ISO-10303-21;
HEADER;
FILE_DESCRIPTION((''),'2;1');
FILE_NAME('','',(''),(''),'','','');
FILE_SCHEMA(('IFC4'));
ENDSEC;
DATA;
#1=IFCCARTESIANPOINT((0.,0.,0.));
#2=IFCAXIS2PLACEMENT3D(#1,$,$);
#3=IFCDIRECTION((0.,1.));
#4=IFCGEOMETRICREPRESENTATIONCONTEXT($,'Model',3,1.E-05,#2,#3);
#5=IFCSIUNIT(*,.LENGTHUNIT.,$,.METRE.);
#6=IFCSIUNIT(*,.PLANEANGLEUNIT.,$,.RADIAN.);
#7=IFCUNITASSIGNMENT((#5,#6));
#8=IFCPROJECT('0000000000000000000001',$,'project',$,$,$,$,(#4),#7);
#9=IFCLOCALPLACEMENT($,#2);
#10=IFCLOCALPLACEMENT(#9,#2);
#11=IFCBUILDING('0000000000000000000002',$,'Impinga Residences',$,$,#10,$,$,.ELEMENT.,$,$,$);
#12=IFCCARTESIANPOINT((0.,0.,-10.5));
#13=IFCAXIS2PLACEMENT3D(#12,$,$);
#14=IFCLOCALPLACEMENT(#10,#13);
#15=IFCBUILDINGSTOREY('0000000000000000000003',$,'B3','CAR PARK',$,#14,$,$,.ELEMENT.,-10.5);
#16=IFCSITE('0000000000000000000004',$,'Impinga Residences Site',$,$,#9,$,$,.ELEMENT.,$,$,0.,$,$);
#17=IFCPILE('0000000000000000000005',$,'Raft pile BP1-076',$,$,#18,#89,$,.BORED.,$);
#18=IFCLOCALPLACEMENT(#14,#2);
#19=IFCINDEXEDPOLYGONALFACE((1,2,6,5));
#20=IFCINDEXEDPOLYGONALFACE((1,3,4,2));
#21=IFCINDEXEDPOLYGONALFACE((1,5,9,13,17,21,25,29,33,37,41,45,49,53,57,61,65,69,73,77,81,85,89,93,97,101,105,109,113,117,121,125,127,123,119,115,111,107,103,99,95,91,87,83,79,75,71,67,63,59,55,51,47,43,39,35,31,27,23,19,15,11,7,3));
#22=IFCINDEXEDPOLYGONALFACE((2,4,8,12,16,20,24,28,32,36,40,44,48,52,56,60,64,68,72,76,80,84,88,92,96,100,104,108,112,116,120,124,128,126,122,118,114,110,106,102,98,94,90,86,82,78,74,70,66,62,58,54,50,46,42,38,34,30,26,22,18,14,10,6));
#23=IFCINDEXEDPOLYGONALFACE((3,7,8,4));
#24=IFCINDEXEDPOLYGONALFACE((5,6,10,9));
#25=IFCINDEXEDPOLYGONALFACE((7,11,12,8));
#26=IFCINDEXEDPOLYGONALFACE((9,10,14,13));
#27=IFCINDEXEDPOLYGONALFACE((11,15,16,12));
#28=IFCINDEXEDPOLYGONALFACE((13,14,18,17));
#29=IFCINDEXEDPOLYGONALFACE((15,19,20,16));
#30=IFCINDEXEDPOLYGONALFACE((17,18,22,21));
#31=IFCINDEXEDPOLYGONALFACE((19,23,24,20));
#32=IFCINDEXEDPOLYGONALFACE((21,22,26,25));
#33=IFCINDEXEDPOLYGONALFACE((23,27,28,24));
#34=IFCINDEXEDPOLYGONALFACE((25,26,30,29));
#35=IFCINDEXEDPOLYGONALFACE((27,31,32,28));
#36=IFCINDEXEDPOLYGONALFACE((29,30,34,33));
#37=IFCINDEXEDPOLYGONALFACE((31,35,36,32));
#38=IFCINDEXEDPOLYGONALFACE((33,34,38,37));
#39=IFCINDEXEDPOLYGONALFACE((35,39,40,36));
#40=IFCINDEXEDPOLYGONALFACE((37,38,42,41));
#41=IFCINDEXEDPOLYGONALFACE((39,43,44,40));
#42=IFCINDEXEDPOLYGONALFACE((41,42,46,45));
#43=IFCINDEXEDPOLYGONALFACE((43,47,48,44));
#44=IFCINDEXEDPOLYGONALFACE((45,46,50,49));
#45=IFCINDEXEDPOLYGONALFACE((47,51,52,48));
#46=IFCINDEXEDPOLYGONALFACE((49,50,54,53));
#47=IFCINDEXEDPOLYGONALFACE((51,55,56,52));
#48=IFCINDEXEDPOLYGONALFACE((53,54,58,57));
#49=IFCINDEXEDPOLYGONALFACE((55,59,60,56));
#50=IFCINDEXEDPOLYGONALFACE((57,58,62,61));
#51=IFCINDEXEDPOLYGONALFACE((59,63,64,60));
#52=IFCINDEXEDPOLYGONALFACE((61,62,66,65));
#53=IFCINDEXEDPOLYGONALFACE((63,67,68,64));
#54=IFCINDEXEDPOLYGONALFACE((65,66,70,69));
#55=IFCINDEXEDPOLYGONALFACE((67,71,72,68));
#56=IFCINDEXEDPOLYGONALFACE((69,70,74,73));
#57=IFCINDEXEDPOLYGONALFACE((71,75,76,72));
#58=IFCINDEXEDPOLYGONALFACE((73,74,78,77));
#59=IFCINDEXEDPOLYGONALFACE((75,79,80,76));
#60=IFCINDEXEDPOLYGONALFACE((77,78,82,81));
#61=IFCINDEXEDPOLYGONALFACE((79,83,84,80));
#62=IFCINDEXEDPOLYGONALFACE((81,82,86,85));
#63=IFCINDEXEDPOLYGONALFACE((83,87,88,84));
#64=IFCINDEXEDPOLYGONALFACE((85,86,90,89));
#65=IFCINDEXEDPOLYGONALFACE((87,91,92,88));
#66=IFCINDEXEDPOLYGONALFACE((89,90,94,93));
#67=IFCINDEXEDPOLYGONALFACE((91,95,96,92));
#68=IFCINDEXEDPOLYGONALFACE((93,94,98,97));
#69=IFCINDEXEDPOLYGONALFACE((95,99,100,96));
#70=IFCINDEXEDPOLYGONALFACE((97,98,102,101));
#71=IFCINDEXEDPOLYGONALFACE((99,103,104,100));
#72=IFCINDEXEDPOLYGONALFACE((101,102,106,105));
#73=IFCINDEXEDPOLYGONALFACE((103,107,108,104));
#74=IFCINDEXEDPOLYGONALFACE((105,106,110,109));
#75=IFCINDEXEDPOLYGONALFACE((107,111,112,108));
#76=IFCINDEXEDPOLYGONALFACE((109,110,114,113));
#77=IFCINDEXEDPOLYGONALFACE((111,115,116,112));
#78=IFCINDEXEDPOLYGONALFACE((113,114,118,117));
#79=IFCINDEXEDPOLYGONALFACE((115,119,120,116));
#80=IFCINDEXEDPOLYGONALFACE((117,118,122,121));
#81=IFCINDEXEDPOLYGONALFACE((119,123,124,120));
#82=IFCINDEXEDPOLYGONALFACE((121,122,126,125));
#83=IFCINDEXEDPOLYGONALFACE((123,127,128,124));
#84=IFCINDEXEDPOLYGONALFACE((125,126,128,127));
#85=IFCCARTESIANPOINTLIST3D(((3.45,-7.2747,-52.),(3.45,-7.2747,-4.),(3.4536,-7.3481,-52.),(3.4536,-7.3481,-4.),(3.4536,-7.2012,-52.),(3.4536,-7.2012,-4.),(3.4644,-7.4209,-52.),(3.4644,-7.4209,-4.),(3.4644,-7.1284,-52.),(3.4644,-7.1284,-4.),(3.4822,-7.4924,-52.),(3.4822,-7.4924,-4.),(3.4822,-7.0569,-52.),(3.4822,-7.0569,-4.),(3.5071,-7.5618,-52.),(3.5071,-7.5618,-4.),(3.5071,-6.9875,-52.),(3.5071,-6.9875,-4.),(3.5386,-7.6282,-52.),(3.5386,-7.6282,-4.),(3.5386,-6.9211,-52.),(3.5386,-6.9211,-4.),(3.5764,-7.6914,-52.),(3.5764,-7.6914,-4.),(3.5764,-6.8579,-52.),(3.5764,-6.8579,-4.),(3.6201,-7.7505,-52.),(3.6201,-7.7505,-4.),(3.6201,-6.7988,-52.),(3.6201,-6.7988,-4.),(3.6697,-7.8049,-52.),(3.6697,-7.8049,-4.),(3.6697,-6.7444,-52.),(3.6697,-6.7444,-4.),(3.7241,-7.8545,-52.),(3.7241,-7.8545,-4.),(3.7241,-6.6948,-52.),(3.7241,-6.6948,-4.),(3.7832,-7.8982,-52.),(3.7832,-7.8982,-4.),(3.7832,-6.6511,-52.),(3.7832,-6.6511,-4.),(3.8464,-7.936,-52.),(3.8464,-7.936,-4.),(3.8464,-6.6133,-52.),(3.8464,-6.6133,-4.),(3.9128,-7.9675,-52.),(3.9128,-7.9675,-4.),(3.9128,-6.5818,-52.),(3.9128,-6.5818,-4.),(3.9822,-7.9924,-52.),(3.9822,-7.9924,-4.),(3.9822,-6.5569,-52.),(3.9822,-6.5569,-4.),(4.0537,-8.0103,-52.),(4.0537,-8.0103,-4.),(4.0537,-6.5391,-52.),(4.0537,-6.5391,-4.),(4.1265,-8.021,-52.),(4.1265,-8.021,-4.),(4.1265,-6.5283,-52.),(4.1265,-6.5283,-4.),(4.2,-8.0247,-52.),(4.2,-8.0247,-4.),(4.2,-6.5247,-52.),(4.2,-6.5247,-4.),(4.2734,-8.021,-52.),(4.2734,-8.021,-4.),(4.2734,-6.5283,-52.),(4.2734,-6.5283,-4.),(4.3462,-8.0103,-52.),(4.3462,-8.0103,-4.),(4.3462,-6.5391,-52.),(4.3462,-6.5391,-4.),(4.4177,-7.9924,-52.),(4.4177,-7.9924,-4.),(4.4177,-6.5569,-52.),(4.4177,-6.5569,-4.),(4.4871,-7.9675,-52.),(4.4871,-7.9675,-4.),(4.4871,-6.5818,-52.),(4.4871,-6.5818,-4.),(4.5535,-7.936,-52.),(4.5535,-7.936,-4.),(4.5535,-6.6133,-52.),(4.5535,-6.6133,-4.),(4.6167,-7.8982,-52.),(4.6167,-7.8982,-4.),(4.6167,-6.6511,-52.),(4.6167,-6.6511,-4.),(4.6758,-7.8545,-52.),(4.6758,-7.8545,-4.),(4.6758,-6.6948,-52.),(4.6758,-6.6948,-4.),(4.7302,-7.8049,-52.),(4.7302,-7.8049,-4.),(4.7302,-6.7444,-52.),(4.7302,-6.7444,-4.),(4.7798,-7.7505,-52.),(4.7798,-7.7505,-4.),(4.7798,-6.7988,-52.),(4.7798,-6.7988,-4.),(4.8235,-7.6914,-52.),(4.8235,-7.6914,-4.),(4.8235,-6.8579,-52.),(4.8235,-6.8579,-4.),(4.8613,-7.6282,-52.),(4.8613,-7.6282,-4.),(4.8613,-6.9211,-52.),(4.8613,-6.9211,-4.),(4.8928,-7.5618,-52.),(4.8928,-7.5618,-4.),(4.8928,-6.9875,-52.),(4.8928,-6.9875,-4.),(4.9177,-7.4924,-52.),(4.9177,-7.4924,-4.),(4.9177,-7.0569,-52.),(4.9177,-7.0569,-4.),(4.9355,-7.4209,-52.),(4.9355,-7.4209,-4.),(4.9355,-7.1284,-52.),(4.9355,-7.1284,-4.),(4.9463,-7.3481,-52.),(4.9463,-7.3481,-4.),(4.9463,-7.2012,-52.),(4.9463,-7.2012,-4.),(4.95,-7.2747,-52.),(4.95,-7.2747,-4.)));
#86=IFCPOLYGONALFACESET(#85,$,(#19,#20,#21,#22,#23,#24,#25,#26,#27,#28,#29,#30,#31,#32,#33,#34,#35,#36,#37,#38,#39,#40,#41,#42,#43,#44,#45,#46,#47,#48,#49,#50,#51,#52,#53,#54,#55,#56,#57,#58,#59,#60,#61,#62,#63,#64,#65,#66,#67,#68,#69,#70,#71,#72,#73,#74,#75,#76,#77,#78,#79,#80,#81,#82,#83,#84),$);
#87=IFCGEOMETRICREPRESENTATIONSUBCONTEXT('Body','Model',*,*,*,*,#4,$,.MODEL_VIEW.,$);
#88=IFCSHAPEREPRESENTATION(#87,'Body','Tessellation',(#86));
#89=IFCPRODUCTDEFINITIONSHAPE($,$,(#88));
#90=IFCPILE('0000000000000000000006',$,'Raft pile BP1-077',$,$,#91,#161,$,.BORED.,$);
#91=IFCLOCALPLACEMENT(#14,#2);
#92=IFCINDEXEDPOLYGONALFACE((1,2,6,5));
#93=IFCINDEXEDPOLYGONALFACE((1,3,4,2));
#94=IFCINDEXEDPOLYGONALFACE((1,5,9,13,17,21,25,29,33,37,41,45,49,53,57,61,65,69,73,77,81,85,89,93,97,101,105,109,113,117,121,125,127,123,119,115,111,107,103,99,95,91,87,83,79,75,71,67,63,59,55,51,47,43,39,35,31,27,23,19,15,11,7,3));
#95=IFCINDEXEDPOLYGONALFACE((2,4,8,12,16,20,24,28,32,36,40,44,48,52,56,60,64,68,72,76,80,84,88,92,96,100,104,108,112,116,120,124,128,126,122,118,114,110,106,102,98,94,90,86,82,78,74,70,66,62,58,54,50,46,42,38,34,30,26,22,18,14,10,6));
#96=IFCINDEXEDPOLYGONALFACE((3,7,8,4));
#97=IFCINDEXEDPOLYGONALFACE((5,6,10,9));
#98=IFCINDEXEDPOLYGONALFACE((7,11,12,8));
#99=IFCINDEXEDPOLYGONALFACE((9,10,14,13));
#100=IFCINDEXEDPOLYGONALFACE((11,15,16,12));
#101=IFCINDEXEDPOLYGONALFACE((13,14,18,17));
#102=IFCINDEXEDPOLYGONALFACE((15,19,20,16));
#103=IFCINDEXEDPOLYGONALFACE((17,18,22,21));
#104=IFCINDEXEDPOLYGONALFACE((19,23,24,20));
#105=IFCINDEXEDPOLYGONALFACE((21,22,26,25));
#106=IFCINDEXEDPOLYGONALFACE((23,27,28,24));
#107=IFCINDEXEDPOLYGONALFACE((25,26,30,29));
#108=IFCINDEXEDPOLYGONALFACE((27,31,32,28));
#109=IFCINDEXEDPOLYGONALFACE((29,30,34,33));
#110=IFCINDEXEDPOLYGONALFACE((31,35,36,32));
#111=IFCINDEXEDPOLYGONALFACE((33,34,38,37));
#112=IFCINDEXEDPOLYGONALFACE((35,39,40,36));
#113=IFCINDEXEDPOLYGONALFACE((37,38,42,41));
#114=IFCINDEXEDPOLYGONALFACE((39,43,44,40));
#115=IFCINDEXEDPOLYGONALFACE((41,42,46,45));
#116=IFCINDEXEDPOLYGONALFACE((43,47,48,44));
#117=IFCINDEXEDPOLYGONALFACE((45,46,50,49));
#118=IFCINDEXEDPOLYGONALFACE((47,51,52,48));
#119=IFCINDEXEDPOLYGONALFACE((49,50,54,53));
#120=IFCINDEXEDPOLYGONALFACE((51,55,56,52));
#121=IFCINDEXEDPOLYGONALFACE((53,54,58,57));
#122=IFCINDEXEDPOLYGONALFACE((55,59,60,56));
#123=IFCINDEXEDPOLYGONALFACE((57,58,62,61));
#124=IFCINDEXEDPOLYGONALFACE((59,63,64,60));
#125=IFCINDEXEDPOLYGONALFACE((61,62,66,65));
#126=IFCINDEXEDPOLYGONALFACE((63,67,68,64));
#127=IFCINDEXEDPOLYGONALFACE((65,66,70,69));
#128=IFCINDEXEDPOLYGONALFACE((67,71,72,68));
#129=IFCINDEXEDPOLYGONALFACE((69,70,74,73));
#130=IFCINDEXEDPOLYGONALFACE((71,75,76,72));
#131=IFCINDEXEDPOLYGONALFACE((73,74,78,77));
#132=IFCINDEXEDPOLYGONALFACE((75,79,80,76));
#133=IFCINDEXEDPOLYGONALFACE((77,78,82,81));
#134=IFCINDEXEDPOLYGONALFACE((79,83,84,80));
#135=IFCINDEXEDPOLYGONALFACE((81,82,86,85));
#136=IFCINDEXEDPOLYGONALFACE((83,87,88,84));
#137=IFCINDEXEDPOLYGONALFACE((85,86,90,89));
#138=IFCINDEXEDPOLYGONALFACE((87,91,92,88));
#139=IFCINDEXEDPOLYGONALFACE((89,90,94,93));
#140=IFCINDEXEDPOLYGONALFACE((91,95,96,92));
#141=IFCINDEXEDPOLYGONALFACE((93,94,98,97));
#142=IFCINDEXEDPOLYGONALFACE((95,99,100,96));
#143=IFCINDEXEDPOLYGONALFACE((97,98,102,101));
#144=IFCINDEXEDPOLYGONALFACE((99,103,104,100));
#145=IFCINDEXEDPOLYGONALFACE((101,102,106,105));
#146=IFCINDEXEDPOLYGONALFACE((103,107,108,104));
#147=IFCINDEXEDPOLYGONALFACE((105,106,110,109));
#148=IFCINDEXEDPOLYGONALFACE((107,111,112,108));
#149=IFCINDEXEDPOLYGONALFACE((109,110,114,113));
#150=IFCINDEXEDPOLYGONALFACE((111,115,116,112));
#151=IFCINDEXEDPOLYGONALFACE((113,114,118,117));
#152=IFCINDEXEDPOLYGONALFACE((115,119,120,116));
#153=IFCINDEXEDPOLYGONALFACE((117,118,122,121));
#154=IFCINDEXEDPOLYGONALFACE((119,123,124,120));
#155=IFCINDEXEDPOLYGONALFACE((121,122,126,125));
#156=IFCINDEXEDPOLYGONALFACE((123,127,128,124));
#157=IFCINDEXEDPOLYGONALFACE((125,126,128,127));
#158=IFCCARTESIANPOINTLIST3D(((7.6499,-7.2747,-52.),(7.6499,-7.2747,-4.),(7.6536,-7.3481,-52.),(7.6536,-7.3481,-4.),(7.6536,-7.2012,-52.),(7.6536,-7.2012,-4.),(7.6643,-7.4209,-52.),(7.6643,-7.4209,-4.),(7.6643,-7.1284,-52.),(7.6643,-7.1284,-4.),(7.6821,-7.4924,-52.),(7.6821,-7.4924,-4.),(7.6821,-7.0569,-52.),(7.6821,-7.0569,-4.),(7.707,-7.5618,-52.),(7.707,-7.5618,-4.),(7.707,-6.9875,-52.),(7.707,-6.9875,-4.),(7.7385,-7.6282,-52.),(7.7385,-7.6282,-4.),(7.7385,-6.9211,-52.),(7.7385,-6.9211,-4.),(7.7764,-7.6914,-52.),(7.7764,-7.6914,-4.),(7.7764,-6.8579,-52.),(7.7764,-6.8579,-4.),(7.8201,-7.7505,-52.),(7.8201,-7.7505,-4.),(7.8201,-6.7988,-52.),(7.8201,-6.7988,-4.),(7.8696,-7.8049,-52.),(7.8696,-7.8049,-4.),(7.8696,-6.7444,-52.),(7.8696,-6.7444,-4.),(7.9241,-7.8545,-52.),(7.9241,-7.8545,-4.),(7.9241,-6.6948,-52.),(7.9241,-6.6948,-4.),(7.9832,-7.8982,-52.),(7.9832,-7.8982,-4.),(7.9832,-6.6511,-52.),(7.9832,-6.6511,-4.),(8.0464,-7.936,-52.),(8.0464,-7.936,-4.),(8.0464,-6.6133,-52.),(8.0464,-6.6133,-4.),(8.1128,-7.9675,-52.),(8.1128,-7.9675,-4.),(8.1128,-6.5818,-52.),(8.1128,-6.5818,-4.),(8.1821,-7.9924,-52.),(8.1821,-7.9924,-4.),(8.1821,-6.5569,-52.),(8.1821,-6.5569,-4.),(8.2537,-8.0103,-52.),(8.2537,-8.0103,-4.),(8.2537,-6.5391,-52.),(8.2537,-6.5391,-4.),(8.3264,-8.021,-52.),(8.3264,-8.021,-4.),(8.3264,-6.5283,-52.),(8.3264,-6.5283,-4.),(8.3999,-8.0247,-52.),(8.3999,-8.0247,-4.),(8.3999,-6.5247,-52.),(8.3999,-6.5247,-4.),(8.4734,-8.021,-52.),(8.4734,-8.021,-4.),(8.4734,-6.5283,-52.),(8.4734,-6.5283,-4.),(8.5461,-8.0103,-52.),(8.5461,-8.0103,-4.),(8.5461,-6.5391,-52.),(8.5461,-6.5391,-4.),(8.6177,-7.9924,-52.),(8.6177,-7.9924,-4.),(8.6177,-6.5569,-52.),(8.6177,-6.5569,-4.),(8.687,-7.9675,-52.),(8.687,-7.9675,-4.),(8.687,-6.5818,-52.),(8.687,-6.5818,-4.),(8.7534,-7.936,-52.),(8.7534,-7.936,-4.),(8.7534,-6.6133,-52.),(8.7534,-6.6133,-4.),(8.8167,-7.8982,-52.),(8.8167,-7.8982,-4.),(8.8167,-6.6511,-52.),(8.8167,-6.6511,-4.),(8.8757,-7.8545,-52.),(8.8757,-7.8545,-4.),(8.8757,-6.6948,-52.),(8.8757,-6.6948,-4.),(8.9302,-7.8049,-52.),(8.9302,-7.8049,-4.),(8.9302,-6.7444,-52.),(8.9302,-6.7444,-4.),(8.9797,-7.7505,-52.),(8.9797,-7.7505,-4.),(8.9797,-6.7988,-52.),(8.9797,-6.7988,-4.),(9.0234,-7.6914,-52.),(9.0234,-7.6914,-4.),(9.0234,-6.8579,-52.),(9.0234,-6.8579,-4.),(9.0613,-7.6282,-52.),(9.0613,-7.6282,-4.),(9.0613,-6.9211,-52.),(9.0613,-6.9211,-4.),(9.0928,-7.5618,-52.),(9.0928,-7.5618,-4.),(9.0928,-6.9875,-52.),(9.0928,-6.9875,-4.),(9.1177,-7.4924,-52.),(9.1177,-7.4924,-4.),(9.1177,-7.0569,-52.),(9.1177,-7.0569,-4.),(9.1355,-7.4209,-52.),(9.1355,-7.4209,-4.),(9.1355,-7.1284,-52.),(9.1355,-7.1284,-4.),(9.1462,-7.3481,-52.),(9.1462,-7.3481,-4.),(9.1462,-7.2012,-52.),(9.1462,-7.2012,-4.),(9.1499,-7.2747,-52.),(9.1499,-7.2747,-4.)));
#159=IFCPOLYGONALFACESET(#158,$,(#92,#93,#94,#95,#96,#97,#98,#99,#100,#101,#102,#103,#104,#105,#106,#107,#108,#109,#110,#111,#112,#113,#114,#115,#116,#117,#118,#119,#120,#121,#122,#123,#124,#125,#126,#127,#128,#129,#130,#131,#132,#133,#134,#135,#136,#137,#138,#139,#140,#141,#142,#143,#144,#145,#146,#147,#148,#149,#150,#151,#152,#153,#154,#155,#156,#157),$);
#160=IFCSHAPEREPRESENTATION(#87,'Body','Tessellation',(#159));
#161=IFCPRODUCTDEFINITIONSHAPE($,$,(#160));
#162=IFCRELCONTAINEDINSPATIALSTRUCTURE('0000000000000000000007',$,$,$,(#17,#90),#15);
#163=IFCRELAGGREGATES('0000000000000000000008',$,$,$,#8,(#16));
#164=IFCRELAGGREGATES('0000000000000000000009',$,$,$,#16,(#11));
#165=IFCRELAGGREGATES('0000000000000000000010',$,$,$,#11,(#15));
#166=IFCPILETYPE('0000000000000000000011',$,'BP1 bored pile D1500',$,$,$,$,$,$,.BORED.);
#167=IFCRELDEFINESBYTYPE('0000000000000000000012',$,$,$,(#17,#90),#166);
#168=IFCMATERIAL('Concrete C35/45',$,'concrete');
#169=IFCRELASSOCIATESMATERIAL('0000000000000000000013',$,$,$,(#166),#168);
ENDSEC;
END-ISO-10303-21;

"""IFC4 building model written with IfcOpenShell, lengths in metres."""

from ifc_helpers import new_model, si_unit, direction, frame, origin, origin_2d, place, context, subcontext, project, spatial, polyline, circle, outline, extrude, material, material_profile, profile_set, type_object, element, save


model = new_model("IFC4")

# Units and contexts
model_context = context("Model", 3, precision=1e-05, world=origin(), true_north=direction((0.0, 1.0)))
body_context = subcontext(model_context, "Body", "Model", "MODEL_VIEW")
ifc_project = project(units=[si_unit("LENGTHUNIT", "METRE"), si_unit("PLANEANGLEUNIT", "RADIAN")], contexts=[model_context])

# Site, building, storey
site_placement = place(None, origin())
site = spatial("IfcSite", under=ifc_project, at=site_placement, Name="Impinga Residences Site", CompositionType="ELEMENT", RefElevation=0.0)
building_placement = place(site_placement, origin())
building = spatial("IfcBuilding", under=site, at=building_placement, Name="Impinga Residences", CompositionType="ELEMENT")
storey_placement = place(building_placement, frame((0.0, 0.0, -10.5)))
storey = spatial("IfcBuildingStorey", under=building, at=storey_placement, Name="B3", Description="CAR PARK", CompositionType="ELEMENT", Elevation=-10.5)

# Piles
ifc_material_1 = material(Name="Concrete C35/45", Category="concrete")
ifc_material_profile = material_profile(ifc_material_1, circle(Radius=0.75, at=origin_2d()), Name="D1500")
ifc_profile_set = profile_set([ifc_material_profile], Name="Concrete C35/45")
pile_type = type_object("IfcPileType", Name="BP1 bored pile D1500", PredefinedType="BORED", material=ifc_profile_set)
pile_1_placement = place(storey_placement, frame((4.2, -7.2747, -4.0), z_axis=(0.0, 0.0, -1.0), x_axis=(1.0, 0.0, 0.0)))
element("IfcPile", 1, at=pile_1_placement, inside=storey, type_object=pile_type, Name="Raft pile BP1-076", PredefinedType="BORED", context=body_context, shape_type="SweptSolid", body=[
    extrude(outline(polyline([(0.75, 0.0), (0.7463, 0.0735), (0.7356, 0.1462), (0.7178, 0.2178), (0.6929, 0.2871), (0.6614, 0.3535), (0.6235, 0.4167), (0.5798, 0.4758), (0.5303, 0.5303), (0.4758, 0.5798), (0.4167, 0.6235), (0.3535, 0.6614), (0.2871, 0.6929), (0.2178, 0.7178), (0.1462, 0.7356), (0.0735, 0.7463), (0.0, 0.75), (-0.0735, 0.7463), (-0.1462, 0.7356), (-0.2178, 0.7178), (-0.2871, 0.6929), (-0.3535, 0.6614), (-0.4167, 0.6235), (-0.4758, 0.5798), (-0.5303, 0.5303), (-0.5798, 0.4758), (-0.6235, 0.4167), (-0.6614, 0.3535), (-0.6929, 0.2871), (-0.7178, 0.2178), (-0.7356, 0.1462), (-0.7463, 0.0735), (-0.75, 0.0), (-0.7463, -0.0735), (-0.7356, -0.1462), (-0.7178, -0.2178), (-0.6929, -0.2871), (-0.6614, -0.3535), (-0.6235, -0.4167), (-0.5798, -0.4758), (-0.5303, -0.5303), (-0.4758, -0.5798), (-0.4167, -0.6235), (-0.3535, -0.6614), (-0.2871, -0.6929), (-0.2178, -0.7178), (-0.1462, -0.7356), (-0.0735, -0.7463), (0.0, -0.75), (0.0735, -0.7463), (0.1462, -0.7356), (0.2178, -0.7178), (0.2871, -0.6929), (0.3535, -0.6614), (0.4167, -0.6235), (0.4758, -0.5798), (0.5303, -0.5303), (0.5798, -0.4758), (0.6235, -0.4167), (0.6614, -0.3535), (0.6929, -0.2871), (0.7178, -0.2178), (0.7356, -0.1462), (0.7463, -0.0735), (0.75, 0.0)])), origin(), (0.0, 0.0, 1.0), 48.0),
])
pile_2_placement = place(storey_placement, frame((8.3999, -7.2747, -4.0), z_axis=(0.0, 0.0, -1.0), x_axis=(1.0, 0.0, 0.0)))
element("IfcPile", 2, at=pile_2_placement, inside=storey, type_object=pile_type, Name="Raft pile BP1-077", PredefinedType="BORED", context=body_context, shape_type="SweptSolid", body=[
    extrude(outline(polyline([(0.75, 0.0), (0.7463, 0.0735), (0.7356, 0.1462), (0.7178, 0.2178), (0.6929, 0.2871), (0.6614, 0.3535), (0.6235, 0.4167), (0.5798, 0.4758), (0.5303, 0.5303), (0.4758, 0.5798), (0.4167, 0.6235), (0.3535, 0.6614), (0.2871, 0.6929), (0.2178, 0.7178), (0.1462, 0.7356), (0.0735, 0.7463), (0.0, 0.75), (-0.0735, 0.7463), (-0.1462, 0.7356), (-0.2178, 0.7178), (-0.2871, 0.6929), (-0.3535, 0.6614), (-0.4167, 0.6235), (-0.4758, 0.5798), (-0.5303, 0.5303), (-0.5798, 0.4758), (-0.6235, 0.4167), (-0.6614, 0.3535), (-0.6929, 0.2871), (-0.7178, 0.2178), (-0.7356, 0.1462), (-0.7463, 0.0735), (-0.75, 0.0), (-0.7463, -0.0735), (-0.7356, -0.1462), (-0.7178, -0.2178), (-0.6929, -0.2871), (-0.6614, -0.3535), (-0.6235, -0.4167), (-0.5798, -0.4758), (-0.5303, -0.5303), (-0.4758, -0.5798), (-0.4167, -0.6235), (-0.3535, -0.6614), (-0.2871, -0.6929), (-0.2178, -0.7178), (-0.1462, -0.7356), (-0.0735, -0.7463), (0.0, -0.75), (0.0735, -0.7463), (0.1462, -0.7356), (0.2178, -0.7178), (0.2871, -0.6929), (0.3535, -0.6614), (0.4167, -0.6235), (0.4758, -0.5798), (0.5303, -0.5303), (0.5798, -0.4758), (0.6235, -0.4167), (0.6614, -0.3535), (0.6929, -0.2871), (0.7178, -0.2178), (0.7356, -0.1462), (0.7463, -0.0735), (0.75, 0.0)])), origin(), (0.0, 0.0, 1.0), 48.0),
])

save(model, "model.ifc")
